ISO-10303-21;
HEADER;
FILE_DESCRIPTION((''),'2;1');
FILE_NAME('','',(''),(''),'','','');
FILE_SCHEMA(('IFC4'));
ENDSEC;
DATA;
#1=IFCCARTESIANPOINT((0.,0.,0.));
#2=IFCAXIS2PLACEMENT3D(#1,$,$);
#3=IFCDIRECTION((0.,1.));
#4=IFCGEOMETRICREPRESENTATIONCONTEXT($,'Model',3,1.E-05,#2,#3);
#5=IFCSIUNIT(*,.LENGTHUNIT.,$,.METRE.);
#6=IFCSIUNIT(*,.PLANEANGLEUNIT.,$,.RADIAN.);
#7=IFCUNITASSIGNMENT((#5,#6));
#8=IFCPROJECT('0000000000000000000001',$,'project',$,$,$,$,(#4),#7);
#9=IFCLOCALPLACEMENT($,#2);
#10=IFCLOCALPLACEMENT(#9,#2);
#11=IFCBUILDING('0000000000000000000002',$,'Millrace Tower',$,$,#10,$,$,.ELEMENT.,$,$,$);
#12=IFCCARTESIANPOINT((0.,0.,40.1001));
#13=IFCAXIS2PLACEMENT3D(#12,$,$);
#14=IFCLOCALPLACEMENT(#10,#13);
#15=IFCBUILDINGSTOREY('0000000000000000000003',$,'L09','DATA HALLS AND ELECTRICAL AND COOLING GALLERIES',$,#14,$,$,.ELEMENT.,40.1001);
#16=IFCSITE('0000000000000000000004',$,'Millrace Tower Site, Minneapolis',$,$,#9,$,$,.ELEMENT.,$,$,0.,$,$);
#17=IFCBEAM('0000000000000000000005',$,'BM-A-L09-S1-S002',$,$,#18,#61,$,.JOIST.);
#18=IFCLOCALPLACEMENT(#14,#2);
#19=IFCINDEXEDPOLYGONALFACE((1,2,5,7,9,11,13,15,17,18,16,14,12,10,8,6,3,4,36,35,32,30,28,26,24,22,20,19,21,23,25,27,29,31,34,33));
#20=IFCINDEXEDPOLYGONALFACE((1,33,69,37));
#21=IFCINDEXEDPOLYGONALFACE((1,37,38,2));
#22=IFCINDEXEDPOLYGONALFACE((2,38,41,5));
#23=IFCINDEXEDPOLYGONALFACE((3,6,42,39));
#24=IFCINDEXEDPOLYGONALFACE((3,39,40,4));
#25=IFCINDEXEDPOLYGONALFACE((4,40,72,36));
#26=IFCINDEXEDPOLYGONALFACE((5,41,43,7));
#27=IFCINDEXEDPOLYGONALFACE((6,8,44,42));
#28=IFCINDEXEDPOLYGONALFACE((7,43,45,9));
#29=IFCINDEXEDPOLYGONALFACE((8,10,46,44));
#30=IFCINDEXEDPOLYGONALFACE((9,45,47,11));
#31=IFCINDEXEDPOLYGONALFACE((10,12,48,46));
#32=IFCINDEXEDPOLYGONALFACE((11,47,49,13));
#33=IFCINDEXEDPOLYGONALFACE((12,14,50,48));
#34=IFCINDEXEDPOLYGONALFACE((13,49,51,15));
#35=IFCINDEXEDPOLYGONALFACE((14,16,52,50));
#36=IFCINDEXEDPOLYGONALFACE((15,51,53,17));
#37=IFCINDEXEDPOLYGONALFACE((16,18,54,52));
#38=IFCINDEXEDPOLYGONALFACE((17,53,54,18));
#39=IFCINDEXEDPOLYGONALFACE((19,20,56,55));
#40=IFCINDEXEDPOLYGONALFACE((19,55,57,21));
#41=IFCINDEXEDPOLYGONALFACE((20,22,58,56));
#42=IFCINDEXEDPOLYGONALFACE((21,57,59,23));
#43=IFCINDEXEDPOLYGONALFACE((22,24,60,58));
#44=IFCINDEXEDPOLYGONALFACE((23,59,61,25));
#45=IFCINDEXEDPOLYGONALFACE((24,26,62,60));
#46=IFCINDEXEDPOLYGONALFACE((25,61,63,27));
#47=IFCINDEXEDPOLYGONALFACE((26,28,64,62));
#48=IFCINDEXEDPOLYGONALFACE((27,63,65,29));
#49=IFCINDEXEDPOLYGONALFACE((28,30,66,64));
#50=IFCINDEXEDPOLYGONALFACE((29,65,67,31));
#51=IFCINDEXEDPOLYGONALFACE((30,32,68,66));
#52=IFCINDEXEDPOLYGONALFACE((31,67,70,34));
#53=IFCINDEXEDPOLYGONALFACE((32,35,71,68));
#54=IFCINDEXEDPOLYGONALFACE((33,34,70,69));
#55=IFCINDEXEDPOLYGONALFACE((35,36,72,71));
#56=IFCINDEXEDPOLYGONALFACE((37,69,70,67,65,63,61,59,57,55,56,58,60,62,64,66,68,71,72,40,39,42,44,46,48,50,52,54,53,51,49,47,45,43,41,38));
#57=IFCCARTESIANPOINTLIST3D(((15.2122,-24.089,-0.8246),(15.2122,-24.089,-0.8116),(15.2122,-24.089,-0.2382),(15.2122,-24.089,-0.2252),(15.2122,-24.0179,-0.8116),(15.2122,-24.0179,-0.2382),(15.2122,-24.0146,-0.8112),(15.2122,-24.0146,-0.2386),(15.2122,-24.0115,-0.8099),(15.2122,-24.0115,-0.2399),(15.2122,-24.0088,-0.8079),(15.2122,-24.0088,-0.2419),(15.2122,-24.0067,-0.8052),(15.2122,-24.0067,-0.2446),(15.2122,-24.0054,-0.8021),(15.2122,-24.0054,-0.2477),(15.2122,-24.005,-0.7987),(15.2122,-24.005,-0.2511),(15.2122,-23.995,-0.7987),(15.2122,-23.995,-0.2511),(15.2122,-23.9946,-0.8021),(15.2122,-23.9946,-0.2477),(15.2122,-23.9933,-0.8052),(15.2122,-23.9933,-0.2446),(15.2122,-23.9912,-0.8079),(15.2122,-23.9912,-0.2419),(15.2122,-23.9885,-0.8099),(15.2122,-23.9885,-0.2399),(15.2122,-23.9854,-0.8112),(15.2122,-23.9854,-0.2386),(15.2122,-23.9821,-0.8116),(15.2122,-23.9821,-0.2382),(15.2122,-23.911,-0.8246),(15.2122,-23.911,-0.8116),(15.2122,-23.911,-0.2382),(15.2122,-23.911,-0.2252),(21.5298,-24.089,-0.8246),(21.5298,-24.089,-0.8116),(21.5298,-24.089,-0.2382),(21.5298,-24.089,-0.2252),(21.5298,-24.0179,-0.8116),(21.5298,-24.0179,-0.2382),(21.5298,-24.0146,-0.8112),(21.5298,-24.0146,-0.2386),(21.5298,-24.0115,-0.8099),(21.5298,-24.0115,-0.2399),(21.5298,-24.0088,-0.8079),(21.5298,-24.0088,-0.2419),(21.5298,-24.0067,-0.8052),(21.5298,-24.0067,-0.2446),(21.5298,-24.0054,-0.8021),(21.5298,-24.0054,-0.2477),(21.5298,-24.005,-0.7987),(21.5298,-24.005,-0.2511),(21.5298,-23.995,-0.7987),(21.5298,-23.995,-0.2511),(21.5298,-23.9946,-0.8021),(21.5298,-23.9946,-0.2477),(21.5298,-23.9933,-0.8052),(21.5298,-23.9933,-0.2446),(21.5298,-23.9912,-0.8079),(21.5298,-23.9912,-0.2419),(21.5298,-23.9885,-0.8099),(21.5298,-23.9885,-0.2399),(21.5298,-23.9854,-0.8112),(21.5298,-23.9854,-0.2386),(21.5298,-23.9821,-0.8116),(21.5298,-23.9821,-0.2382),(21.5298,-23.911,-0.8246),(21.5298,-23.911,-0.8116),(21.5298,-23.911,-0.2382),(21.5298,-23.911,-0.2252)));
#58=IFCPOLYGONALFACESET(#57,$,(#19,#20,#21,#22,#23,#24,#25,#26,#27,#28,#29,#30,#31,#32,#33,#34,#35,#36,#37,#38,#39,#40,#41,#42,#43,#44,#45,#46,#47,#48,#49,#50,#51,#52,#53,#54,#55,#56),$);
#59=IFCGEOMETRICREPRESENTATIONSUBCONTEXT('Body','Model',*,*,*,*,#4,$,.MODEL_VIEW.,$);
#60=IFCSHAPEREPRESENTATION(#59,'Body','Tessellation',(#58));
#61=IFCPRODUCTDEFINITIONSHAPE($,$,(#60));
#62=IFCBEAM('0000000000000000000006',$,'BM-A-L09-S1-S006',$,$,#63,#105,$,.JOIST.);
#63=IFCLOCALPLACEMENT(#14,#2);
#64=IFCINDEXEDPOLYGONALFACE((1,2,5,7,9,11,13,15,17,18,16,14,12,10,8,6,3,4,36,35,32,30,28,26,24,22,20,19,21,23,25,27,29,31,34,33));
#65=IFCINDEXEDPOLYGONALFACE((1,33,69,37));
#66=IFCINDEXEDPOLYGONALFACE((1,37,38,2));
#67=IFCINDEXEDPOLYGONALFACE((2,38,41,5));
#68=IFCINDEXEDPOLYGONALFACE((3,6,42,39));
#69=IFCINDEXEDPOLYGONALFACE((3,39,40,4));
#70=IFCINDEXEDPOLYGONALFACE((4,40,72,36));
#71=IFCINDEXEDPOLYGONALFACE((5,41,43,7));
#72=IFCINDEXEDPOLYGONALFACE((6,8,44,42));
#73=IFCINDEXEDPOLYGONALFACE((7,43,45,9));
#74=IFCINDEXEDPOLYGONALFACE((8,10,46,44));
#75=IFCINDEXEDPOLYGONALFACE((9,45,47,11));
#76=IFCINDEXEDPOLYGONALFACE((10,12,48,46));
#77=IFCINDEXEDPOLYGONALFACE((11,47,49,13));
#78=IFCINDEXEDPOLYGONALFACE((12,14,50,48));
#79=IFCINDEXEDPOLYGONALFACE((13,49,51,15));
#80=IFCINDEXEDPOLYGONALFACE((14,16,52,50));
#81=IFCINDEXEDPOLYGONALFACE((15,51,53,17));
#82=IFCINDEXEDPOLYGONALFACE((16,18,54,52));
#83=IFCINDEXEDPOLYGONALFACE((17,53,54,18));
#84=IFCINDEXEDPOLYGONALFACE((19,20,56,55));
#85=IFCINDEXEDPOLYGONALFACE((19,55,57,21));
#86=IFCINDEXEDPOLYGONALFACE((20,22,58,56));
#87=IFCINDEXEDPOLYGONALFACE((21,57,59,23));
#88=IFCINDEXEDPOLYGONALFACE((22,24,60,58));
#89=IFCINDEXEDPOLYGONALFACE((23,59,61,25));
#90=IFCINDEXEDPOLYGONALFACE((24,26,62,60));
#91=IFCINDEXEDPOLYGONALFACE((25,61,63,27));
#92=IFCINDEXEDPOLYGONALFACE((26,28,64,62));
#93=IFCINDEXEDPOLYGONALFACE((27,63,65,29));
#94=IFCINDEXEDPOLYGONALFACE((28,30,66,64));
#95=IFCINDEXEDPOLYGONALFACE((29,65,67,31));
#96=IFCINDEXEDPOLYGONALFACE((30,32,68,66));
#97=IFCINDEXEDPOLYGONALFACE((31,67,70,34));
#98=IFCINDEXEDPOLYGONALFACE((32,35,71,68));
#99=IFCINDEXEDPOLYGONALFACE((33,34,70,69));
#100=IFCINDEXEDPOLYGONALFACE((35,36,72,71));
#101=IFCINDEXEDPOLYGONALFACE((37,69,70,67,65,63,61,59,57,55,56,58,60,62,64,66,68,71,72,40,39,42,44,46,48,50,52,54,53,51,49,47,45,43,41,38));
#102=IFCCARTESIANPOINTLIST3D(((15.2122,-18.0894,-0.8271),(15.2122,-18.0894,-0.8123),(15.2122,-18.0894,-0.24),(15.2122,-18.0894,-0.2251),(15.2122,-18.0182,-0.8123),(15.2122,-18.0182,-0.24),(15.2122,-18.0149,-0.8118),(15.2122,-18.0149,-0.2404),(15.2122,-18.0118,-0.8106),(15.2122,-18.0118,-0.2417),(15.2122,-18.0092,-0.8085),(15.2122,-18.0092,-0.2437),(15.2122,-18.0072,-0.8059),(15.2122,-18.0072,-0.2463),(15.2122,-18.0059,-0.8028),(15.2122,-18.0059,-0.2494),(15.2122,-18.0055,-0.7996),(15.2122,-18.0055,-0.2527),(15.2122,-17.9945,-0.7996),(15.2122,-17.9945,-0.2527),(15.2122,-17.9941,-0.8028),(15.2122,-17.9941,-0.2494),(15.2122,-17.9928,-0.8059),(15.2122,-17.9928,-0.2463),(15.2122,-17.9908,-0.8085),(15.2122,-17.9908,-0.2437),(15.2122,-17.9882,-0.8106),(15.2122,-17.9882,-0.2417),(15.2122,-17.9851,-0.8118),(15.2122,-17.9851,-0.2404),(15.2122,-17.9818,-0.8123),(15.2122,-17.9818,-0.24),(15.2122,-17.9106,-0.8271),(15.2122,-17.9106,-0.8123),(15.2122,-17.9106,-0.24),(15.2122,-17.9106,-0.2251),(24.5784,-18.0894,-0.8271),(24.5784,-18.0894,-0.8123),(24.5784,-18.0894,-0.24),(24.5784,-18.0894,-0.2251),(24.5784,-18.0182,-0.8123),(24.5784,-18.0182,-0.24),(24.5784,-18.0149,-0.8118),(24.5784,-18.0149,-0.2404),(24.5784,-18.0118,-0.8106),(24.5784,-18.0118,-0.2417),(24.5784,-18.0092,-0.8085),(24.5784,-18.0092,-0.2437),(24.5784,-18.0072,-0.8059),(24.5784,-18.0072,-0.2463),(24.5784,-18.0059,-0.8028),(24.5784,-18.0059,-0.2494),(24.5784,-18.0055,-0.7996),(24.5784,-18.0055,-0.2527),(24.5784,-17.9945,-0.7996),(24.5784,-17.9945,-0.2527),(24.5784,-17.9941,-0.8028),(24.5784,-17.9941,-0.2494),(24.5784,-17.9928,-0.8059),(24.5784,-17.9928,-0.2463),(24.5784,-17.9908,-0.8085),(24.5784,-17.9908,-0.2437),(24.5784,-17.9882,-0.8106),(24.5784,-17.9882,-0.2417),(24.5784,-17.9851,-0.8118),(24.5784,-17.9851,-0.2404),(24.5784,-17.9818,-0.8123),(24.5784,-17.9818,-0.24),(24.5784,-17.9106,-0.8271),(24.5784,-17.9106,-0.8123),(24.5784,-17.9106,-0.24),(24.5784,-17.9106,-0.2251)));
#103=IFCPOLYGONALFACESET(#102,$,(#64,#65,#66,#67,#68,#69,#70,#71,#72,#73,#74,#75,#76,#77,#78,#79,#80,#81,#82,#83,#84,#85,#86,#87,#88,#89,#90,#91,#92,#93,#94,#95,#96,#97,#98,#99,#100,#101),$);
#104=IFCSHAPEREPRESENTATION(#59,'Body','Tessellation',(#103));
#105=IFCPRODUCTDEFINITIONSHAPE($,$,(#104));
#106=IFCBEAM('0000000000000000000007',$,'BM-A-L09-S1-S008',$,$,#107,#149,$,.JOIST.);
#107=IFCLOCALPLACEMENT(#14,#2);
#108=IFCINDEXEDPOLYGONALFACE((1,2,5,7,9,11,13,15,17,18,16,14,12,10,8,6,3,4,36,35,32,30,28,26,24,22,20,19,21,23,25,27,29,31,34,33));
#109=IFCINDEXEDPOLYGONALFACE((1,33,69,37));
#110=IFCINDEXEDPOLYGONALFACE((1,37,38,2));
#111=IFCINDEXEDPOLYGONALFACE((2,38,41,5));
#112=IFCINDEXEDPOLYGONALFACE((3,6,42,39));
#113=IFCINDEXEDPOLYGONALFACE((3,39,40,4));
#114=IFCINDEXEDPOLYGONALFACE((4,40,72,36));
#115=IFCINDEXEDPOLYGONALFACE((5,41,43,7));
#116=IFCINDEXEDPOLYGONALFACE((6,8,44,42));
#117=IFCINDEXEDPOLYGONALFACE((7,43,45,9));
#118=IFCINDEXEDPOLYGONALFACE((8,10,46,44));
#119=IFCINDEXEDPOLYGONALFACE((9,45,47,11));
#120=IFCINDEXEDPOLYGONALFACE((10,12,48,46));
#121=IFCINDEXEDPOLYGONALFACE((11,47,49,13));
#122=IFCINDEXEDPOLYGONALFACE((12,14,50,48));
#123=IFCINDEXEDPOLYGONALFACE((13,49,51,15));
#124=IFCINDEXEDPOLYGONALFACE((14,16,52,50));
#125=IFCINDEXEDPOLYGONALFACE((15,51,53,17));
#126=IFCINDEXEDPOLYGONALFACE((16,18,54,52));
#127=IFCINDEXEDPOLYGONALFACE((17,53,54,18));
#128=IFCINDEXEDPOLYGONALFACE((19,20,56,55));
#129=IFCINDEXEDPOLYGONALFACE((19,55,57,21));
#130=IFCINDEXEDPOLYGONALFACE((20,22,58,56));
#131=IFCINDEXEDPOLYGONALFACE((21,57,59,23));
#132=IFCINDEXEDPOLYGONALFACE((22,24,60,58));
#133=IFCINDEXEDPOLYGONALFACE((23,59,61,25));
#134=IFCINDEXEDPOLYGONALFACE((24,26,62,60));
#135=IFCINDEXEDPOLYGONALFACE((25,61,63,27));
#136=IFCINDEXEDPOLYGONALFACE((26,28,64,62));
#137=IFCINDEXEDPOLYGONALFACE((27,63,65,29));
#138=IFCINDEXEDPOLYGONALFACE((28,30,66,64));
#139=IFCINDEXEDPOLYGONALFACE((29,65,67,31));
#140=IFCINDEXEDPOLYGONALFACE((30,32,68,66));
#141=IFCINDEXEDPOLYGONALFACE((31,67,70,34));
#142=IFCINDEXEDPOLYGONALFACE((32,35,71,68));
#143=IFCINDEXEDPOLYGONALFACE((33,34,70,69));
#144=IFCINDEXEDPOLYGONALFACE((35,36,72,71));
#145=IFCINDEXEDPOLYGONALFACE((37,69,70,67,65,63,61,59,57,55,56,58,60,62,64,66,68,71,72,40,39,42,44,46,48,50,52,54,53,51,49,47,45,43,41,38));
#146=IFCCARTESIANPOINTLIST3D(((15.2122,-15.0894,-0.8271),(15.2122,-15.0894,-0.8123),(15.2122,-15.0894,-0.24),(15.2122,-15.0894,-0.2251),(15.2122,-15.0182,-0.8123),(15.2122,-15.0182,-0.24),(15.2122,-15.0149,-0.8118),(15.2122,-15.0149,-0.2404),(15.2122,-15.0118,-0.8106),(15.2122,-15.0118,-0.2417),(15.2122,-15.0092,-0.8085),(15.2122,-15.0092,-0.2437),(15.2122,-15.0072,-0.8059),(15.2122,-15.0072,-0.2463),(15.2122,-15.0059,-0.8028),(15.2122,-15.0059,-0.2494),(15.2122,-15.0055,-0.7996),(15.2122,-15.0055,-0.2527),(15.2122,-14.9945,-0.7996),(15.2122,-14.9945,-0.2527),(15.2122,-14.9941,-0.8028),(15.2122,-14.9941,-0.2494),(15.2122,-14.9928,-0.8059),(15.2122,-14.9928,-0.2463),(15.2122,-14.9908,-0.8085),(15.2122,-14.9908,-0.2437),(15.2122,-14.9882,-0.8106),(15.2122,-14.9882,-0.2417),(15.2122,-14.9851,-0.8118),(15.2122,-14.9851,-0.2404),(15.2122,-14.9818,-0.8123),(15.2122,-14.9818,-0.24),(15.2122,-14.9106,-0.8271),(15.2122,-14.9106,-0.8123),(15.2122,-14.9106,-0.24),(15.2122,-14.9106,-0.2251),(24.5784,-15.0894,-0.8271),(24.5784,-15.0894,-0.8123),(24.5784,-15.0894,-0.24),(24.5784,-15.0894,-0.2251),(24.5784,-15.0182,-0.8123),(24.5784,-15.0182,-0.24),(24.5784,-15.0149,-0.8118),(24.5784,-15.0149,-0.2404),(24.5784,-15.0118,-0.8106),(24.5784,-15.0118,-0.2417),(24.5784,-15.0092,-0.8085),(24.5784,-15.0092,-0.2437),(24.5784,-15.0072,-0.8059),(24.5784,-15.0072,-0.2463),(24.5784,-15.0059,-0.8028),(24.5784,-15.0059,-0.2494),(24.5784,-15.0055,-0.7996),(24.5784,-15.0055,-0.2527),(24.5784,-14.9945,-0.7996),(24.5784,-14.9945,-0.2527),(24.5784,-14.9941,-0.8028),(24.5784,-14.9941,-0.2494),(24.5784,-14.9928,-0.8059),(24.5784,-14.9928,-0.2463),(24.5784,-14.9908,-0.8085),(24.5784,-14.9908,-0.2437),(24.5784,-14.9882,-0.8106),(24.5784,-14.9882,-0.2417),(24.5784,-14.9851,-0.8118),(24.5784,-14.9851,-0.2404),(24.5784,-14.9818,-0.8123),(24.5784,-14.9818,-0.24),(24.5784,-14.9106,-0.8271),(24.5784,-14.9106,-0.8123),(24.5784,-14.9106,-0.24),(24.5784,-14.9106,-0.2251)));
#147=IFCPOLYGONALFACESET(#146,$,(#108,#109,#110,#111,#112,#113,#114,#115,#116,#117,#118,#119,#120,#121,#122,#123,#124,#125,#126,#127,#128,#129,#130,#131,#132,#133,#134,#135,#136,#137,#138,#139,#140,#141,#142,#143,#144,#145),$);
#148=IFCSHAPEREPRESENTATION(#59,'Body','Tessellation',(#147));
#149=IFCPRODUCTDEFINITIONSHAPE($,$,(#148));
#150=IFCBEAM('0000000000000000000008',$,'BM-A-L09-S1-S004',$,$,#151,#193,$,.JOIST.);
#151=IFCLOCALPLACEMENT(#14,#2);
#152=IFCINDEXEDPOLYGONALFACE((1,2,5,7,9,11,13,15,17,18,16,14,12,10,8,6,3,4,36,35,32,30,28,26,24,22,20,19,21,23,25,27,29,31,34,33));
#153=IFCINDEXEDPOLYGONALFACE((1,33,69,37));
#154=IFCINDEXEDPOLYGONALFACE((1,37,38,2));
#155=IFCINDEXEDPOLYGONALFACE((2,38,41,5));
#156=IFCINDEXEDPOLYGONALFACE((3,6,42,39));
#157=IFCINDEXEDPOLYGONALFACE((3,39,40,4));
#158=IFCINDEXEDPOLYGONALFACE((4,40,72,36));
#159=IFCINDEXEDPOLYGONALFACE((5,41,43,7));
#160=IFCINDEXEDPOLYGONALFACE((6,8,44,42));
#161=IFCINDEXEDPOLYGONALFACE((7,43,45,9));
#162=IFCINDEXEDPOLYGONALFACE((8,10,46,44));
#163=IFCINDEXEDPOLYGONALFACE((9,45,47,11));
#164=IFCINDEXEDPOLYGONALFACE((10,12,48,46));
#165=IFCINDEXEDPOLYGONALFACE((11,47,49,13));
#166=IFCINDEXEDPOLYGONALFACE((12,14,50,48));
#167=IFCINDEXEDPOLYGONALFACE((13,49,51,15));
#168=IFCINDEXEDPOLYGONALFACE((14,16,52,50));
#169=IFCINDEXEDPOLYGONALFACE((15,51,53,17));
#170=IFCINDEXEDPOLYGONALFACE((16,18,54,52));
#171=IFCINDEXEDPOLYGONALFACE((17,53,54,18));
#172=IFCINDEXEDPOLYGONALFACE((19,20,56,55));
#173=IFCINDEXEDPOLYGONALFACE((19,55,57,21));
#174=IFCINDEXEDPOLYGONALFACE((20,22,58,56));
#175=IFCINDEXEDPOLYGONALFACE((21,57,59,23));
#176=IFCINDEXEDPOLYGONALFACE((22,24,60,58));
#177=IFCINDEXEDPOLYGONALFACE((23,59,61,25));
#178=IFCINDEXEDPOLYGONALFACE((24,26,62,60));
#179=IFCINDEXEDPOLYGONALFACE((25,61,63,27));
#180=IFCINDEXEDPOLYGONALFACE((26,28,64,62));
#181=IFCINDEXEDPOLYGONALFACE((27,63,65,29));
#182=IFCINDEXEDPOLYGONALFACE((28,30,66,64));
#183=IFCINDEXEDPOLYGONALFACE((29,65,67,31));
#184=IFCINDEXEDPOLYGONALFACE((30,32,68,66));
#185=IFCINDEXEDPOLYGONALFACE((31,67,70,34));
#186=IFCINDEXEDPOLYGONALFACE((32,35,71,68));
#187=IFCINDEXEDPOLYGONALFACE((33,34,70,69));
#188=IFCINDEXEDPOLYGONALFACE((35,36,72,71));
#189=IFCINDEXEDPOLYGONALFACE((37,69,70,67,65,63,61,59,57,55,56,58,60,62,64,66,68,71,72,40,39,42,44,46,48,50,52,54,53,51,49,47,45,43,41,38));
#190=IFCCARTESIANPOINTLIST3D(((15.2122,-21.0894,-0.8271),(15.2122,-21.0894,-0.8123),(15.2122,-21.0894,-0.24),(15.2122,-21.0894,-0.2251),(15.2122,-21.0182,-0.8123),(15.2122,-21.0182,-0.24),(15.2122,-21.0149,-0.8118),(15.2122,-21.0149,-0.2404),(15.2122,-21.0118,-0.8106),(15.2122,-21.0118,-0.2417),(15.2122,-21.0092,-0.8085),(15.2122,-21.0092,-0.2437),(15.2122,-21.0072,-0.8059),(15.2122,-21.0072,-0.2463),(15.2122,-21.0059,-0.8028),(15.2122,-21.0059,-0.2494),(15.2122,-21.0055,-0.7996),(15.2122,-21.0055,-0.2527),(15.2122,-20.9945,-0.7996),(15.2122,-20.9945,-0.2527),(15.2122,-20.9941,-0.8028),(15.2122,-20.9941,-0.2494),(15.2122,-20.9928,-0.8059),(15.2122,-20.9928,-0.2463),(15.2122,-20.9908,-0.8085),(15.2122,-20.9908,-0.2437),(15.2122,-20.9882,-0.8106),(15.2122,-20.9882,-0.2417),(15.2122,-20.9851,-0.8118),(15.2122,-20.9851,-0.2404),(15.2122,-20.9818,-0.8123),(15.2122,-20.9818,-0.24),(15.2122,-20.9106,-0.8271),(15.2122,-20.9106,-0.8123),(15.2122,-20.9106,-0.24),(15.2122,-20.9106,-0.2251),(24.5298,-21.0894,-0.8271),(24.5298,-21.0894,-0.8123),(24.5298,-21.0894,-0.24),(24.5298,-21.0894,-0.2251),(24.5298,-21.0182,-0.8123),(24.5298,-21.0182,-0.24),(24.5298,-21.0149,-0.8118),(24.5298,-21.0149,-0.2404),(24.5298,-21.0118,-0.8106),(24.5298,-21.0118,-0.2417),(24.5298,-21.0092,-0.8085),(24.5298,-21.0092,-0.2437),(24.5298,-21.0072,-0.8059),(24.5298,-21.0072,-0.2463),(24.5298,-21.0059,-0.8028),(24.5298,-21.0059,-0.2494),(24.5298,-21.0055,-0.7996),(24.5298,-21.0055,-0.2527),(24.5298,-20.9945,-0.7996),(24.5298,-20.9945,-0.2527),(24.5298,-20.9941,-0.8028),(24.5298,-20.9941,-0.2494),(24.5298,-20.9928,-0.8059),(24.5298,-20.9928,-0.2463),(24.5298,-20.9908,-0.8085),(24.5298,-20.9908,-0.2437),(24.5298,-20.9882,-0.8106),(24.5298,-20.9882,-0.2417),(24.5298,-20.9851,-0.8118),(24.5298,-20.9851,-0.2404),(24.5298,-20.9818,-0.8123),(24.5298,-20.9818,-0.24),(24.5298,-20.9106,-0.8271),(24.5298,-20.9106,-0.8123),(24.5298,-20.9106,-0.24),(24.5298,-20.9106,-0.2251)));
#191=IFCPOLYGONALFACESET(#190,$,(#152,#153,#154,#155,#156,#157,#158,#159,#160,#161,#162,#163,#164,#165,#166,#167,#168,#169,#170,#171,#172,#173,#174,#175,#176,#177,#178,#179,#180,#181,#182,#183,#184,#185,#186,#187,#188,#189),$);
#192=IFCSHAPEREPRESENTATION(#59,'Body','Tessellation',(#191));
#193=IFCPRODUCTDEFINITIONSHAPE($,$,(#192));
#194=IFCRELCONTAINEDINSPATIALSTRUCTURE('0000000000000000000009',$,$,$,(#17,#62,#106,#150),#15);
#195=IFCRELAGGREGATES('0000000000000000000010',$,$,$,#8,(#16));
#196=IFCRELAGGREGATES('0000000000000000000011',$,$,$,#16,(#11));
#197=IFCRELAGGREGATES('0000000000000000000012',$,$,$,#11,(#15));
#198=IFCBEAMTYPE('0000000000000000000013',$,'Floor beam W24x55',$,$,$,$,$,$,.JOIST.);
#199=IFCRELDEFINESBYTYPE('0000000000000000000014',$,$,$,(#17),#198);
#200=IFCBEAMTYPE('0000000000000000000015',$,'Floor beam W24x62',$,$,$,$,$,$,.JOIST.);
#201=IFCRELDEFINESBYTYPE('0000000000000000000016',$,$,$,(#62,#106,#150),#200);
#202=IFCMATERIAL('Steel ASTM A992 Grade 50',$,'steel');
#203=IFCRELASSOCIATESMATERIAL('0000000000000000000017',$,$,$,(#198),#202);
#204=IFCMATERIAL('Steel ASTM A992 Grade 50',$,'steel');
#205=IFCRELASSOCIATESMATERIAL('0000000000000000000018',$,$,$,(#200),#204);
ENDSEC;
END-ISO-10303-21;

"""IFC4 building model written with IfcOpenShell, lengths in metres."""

from ifc_helpers import new_model, si_unit, direction, frame, origin, origin_2d, place, context, subcontext, project, spatial, i_section, extrude, material, material_profile, profile_set, type_object, element, save


model = new_model("IFC4")

# Units and contexts
model_context = context("Model", 3, precision=1e-05, world=origin(), true_north=direction((0.0, 1.0)))
body_context = subcontext(model_context, "Body", "Model", "MODEL_VIEW")
ifc_project = project(units=[si_unit("LENGTHUNIT", "METRE"), si_unit("PLANEANGLEUNIT", "RADIAN")], contexts=[model_context])

# Site, building, storey
site_placement = place(None, origin())
site = spatial("IfcSite", under=ifc_project, at=site_placement, Name="Millrace Tower Site, Minneapolis", CompositionType="ELEMENT", RefElevation=0.0)
building_placement = place(site_placement, origin())
building = spatial("IfcBuilding", under=site, at=building_placement, Name="Millrace Tower", CompositionType="ELEMENT")
storey_placement = place(building_placement, frame((0.0, 0.0, 40.1001)))
storey = spatial("IfcBuildingStorey", under=building, at=storey_placement, Name="L09", Description="DATA HALLS AND ELECTRICAL AND COOLING GALLERIES", CompositionType="ELEMENT", Elevation=40.1001)

# Beams
ifc_material_1 = material(Name="Steel ASTM A992 Grade 50", Category="steel")
ifc_material_profile_1 = material_profile(ifc_material_1, i_section(OverallWidth=0.178, OverallDepth=0.5994, WebThickness=0.01, FlangeThickness=0.0129, FilletRadius=0.0129, at=origin_2d()))
ifc_profile_set_1 = profile_set([ifc_material_profile_1], Name="Steel ASTM A992 Grade 50")
beam_type_1 = type_object("IfcBeamType", Name="Floor beam W24x55", PredefinedType="JOIST", material=ifc_profile_set_1)
beam_1_placement = place(storey_placement, frame((15.2122, -24.0, -0.5249), z_axis=(1.0, 0.0, 0.0), x_axis=(0.0, 1.0, 0.0)))
element("IfcBeam", 1, at=beam_1_placement, inside=storey, type_object=beam_type_1, Name="BM-A-L09-S1-S002", PredefinedType="JOIST", context=body_context, shape_type="SweptSolid", body=[
    extrude(i_section(OverallWidth=0.178, OverallDepth=0.5994, WebThickness=0.01, FlangeThickness=0.0129, FilletRadius=0.0129, at=origin_2d()), origin(), (0.0, 0.0, 1.0), 6.3176),
])
ifc_material_2 = material(Name="Steel ASTM A992 Grade 50", Category="steel")
ifc_material_profile_2 = material_profile(ifc_material_2, i_section(OverallWidth=0.1787, OverallDepth=0.6021, WebThickness=0.011, FlangeThickness=0.0149, FilletRadius=0.0127, at=origin_2d()))
ifc_profile_set_2 = profile_set([ifc_material_profile_2], Name="Steel ASTM A992 Grade 50")
beam_type_2 = type_object("IfcBeamType", Name="Floor beam W24x62", PredefinedType="JOIST", material=ifc_profile_set_2)
for number, where, z_axis, x_axis, name in (
    (2, (15.2122, -18.0, -0.5261), (1.0, 0.0, 0.0), (0.0, 1.0, 0.0), "BM-A-L09-S1-S006"),
    (3, (15.2122, -15.0, -0.5261), (1.0, 0.0, 0.0), (0.0, 1.0, 0.0), "BM-A-L09-S1-S008"),
):
    element("IfcBeam", number, at=place(storey_placement, frame(where, z_axis=z_axis, x_axis=x_axis)), inside=storey, type_object=beam_type_2, Name=name, PredefinedType="JOIST", context=body_context, shape_type="SweptSolid", body=[
        extrude(i_section(OverallWidth=0.1787, OverallDepth=0.6021, WebThickness=0.011, FlangeThickness=0.0149, FilletRadius=0.0127, at=origin_2d()), origin(), (0.0, 0.0, 1.0), 9.3662),
    ])
beam_2_placement = place(storey_placement, frame((15.2122, -21.0, -0.5261), z_axis=(1.0, 0.0, 0.0), x_axis=(0.0, 1.0, 0.0)))
element("IfcBeam", 4, at=beam_2_placement, inside=storey, type_object=beam_type_2, Name="BM-A-L09-S1-S004", PredefinedType="JOIST", context=body_context, shape_type="SweptSolid", body=[
    extrude(i_section(OverallWidth=0.1787, OverallDepth=0.6021, WebThickness=0.011, FlangeThickness=0.0149, FilletRadius=0.0127, at=origin_2d()), origin(), (0.0, 0.0, 1.0), 9.3176),
])

save(model, "model.ifc")
